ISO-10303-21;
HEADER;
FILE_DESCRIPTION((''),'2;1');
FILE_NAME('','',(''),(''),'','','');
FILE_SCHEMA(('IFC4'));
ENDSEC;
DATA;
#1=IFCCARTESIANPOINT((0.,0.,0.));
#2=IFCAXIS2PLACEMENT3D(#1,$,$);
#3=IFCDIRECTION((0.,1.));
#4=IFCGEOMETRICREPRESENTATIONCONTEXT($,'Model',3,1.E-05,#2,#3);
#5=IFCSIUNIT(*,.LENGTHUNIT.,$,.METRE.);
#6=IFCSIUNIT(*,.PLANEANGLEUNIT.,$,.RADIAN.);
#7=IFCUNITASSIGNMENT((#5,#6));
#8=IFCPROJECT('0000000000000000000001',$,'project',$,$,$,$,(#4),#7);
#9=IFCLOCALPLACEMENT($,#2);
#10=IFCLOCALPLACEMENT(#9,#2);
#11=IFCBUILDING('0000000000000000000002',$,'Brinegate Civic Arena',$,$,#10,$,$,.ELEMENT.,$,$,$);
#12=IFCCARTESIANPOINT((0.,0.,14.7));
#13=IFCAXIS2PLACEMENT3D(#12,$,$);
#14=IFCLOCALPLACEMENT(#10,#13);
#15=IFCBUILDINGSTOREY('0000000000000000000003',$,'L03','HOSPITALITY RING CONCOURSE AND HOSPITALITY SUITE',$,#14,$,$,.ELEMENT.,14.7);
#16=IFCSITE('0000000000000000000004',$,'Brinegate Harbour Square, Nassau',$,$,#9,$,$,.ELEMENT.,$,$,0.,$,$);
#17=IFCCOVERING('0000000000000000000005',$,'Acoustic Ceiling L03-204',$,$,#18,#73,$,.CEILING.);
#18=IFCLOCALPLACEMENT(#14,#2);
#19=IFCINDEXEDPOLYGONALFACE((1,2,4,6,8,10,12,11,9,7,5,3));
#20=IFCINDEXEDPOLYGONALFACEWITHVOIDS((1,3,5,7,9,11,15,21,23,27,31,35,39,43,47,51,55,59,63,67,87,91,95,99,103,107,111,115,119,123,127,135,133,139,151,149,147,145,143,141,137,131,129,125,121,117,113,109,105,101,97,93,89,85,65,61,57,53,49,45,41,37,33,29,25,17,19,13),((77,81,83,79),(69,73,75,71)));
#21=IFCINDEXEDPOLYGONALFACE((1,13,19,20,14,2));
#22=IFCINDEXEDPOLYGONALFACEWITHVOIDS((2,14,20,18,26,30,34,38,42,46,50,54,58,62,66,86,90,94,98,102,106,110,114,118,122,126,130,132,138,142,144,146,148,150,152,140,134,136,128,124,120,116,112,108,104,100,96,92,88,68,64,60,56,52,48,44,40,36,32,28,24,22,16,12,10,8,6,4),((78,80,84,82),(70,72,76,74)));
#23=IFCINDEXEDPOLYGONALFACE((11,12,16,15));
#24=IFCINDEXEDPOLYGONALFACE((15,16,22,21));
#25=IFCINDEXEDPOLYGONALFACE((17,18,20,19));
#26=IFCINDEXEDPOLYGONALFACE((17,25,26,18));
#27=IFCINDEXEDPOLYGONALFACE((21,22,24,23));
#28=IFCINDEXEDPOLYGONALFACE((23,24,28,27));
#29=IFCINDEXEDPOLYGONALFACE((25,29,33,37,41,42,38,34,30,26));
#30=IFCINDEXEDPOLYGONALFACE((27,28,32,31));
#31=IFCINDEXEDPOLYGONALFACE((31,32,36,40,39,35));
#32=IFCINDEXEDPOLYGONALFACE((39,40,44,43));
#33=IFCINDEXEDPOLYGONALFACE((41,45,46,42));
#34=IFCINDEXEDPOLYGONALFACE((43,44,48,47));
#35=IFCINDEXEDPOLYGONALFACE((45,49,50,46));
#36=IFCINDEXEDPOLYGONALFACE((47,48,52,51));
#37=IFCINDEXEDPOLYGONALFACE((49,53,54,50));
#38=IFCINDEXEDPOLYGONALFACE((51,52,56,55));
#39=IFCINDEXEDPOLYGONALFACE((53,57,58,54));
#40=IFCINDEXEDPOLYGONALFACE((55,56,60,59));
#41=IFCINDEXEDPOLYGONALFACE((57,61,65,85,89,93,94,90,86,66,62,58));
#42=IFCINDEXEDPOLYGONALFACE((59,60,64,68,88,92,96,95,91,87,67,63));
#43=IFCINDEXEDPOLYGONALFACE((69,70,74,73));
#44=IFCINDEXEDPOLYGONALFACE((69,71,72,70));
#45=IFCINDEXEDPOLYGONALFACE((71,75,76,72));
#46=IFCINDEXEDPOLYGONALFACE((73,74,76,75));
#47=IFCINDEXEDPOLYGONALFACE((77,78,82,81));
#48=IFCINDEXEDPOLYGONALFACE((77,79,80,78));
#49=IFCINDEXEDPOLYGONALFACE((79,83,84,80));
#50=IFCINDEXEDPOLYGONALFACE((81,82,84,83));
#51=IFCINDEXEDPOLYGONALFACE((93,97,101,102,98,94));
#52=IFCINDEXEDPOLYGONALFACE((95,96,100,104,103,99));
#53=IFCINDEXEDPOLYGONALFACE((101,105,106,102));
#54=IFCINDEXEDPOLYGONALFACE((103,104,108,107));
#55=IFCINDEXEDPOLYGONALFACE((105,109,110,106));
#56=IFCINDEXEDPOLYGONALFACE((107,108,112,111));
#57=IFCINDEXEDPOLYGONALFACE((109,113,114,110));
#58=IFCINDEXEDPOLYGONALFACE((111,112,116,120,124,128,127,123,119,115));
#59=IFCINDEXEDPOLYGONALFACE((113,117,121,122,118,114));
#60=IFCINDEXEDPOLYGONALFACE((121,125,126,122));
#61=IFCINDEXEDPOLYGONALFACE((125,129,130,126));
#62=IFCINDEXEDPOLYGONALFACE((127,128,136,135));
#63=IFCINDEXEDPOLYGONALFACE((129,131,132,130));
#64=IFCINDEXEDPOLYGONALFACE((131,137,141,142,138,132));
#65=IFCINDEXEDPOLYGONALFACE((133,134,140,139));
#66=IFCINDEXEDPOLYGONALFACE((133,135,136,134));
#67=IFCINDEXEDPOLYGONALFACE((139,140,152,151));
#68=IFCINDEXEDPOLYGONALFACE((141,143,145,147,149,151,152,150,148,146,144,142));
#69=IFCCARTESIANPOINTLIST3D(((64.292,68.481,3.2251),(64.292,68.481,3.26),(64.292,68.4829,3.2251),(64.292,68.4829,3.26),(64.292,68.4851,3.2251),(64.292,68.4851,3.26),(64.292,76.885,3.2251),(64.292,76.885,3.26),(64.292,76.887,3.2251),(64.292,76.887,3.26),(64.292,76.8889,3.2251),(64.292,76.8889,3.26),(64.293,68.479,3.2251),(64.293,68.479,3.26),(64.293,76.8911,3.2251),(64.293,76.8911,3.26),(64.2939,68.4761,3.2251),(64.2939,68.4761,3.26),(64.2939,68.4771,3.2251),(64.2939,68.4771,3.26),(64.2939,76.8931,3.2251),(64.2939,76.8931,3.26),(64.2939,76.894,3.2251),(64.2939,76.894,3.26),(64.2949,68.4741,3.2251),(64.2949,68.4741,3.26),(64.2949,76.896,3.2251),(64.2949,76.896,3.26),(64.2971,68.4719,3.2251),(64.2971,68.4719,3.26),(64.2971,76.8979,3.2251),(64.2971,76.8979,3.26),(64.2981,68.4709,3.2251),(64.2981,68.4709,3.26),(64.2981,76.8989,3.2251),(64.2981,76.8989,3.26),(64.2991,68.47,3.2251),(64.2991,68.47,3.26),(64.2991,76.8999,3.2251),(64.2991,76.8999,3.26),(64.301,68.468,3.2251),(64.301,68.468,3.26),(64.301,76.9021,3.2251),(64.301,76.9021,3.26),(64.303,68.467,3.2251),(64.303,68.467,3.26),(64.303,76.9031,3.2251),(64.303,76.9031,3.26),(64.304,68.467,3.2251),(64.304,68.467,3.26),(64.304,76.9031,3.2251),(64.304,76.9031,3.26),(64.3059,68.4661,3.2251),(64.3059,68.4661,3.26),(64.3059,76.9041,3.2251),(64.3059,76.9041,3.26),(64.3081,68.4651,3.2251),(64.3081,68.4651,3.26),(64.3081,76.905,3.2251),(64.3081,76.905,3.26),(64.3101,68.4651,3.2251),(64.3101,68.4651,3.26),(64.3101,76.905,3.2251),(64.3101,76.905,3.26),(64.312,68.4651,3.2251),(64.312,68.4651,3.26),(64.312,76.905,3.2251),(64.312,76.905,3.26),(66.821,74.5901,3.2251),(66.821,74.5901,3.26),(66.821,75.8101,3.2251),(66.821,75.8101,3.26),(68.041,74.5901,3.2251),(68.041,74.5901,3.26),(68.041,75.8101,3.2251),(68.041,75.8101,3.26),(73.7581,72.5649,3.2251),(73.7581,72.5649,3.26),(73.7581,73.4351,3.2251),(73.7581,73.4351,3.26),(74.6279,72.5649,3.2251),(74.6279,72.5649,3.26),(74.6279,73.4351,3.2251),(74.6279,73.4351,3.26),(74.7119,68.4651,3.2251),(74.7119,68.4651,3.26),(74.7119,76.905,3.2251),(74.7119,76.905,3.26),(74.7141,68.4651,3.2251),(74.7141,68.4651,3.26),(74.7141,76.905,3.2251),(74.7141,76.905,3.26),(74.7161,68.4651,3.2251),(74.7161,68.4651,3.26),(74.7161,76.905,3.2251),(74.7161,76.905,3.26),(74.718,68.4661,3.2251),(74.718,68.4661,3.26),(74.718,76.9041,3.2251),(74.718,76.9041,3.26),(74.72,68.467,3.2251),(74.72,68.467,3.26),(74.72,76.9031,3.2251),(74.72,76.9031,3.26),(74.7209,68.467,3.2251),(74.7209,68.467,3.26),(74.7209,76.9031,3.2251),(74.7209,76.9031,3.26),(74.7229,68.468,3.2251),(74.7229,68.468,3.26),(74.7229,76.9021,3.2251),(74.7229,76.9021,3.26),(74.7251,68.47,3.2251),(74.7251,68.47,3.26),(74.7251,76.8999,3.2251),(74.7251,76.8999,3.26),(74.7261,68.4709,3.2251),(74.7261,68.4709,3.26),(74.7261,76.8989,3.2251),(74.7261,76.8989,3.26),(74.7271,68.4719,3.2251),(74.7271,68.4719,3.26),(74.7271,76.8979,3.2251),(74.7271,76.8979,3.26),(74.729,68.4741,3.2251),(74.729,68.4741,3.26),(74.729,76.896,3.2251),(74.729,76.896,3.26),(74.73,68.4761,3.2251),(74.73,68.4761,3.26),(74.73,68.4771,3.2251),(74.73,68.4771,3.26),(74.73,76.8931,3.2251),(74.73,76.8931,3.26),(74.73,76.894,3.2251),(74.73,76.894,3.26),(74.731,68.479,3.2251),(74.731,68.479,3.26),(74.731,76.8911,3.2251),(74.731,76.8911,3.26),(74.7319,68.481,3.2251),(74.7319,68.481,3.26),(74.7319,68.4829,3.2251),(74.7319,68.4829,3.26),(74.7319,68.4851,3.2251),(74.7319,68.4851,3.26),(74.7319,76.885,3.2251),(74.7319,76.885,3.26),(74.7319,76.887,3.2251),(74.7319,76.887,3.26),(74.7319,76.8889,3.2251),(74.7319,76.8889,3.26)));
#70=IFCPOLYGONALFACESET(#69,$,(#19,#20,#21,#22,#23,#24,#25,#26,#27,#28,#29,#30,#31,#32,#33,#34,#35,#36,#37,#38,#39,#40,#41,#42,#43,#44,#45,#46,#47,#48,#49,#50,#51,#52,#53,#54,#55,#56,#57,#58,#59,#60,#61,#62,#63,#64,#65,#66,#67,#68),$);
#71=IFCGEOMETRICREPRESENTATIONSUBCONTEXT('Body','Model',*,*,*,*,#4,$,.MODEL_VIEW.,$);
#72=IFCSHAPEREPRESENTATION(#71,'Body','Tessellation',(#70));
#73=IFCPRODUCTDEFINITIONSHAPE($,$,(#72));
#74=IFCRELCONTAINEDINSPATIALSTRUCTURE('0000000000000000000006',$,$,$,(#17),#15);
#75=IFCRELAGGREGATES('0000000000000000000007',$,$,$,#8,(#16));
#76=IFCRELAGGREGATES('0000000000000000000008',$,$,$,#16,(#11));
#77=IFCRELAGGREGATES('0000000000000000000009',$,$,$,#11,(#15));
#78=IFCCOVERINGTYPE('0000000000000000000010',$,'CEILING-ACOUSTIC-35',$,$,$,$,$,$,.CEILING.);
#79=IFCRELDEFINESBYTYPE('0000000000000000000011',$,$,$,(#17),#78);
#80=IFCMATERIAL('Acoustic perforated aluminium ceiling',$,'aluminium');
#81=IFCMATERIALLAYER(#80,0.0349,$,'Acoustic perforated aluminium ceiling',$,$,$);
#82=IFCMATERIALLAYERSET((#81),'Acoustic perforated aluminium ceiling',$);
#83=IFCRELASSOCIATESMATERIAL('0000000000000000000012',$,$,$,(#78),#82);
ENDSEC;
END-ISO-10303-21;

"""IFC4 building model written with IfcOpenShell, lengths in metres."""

from ifc_helpers import new_model, si_unit, direction, frame, origin, place, context, subcontext, project, spatial, polyline, outline, extrude, material, layer, layer_set, type_object, element, save


model = new_model("IFC4")

# Units and contexts
model_context = context("Model", 3, precision=1e-05, world=origin(), true_north=direction((0.0, 1.0)))
body_context = subcontext(model_context, "Body", "Model", "MODEL_VIEW")
ifc_project = project(units=[si_unit("LENGTHUNIT", "METRE"), si_unit("PLANEANGLEUNIT", "RADIAN")], contexts=[model_context])

# Site, building, storey
site_placement = place(None, origin())
site = spatial("IfcSite", under=ifc_project, at=site_placement, Name="Brinegate Harbour Square, Nassau", CompositionType="ELEMENT", RefElevation=0.0)
building_placement = place(site_placement, origin())
building = spatial("IfcBuilding", under=site, at=building_placement, Name="Brinegate Civic Arena", CompositionType="ELEMENT")
storey_placement = place(building_placement, frame((0.0, 0.0, 14.7)))
storey = spatial("IfcBuildingStorey", under=building, at=storey_placement, Name="L03", Description="HOSPITALITY RING CONCOURSE AND HOSPITALITY SUITE", CompositionType="ELEMENT", Elevation=14.7)

# Covering
ifc_material_1 = material(Name="Acoustic perforated aluminium ceiling", Category="aluminium")
ifc_layer_1 = layer(ifc_material_1, 0.0349, Name="Acoustic perforated aluminium ceiling")
ifc_layer_set_1 = layer_set([ifc_layer_1], Name="Acoustic perforated aluminium ceiling")
covering_type_1 = type_object("IfcCoveringType", Name="CEILING-ACOUSTIC-35", PredefinedType="CEILING", material=ifc_layer_set_1)
covering_1_placement = place(storey_placement, frame((0.0, 0.0, 3.2251)))
element("IfcCovering", 1, at=covering_1_placement, inside=storey, type_object=covering_type_1, Name="Acoustic Ceiling L03-204", PredefinedType="CEILING", context=body_context, shape_type="SweptSolid", body=[
    extrude(outline(polyline([(74.7161, 76.905), (74.718, 76.9041), (74.72, 76.9031), (74.7209, 76.9031), (74.7229, 76.9021), (74.7251, 76.8999), (74.7261, 76.8989), (74.7271, 76.8979), (74.729, 76.896), (74.73, 76.894), (74.73, 76.8931), (74.731, 76.8911), (74.7319, 76.8889), (74.7319, 76.887), (74.7319, 76.885), (74.7319, 68.4851), (74.7319, 68.4829), (74.7319, 68.481), (74.731, 68.479), (74.73, 68.4771), (74.73, 68.4761), (74.729, 68.4741), (74.7271, 68.4719), (74.7261, 68.4709), (74.7251, 68.47), (74.7229, 68.468), (74.7209, 68.467), (74.72, 68.467), (74.718, 68.4661), (74.7161, 68.4651), (74.7141, 68.4651), (74.7119, 68.4651), (64.312, 68.4651), (64.3101, 68.4651), (64.3081, 68.4651), (64.3059, 68.4661), (64.304, 68.467), (64.303, 68.467), (64.301, 68.468), (64.2991, 68.47), (64.2981, 68.4709), (64.2971, 68.4719), (64.2949, 68.4741), (64.2939, 68.4761), (64.2939, 68.4771), (64.293, 68.479), (64.292, 68.481), (64.292, 68.4829), (64.292, 68.4851), (64.292, 76.885), (64.292, 76.887), (64.292, 76.8889), (64.293, 76.8911), (64.2939, 76.8931), (64.2939, 76.894), (64.2949, 76.896), (64.2971, 76.8979), (64.2981, 76.8989), (64.2991, 76.8999), (64.301, 76.9021), (64.303, 76.9031), (64.304, 76.9031), (64.3059, 76.9041), (64.3081, 76.905), (64.3101, 76.905), (64.312, 76.905), (74.7119, 76.905), (74.7141, 76.905), (74.7161, 76.905)]), holes=[polyline([(66.821, 75.8101), (66.821, 74.5901), (68.041, 74.5901), (68.041, 75.8101), (66.821, 75.8101)]), polyline([(73.7581, 73.4351), (73.7581, 72.5649), (74.6279, 72.5649), (74.6279, 73.4351), (73.7581, 73.4351)])]), origin(), (0.0, 0.0, 1.0), 0.0349),
])

save(model, "model.ifc")
